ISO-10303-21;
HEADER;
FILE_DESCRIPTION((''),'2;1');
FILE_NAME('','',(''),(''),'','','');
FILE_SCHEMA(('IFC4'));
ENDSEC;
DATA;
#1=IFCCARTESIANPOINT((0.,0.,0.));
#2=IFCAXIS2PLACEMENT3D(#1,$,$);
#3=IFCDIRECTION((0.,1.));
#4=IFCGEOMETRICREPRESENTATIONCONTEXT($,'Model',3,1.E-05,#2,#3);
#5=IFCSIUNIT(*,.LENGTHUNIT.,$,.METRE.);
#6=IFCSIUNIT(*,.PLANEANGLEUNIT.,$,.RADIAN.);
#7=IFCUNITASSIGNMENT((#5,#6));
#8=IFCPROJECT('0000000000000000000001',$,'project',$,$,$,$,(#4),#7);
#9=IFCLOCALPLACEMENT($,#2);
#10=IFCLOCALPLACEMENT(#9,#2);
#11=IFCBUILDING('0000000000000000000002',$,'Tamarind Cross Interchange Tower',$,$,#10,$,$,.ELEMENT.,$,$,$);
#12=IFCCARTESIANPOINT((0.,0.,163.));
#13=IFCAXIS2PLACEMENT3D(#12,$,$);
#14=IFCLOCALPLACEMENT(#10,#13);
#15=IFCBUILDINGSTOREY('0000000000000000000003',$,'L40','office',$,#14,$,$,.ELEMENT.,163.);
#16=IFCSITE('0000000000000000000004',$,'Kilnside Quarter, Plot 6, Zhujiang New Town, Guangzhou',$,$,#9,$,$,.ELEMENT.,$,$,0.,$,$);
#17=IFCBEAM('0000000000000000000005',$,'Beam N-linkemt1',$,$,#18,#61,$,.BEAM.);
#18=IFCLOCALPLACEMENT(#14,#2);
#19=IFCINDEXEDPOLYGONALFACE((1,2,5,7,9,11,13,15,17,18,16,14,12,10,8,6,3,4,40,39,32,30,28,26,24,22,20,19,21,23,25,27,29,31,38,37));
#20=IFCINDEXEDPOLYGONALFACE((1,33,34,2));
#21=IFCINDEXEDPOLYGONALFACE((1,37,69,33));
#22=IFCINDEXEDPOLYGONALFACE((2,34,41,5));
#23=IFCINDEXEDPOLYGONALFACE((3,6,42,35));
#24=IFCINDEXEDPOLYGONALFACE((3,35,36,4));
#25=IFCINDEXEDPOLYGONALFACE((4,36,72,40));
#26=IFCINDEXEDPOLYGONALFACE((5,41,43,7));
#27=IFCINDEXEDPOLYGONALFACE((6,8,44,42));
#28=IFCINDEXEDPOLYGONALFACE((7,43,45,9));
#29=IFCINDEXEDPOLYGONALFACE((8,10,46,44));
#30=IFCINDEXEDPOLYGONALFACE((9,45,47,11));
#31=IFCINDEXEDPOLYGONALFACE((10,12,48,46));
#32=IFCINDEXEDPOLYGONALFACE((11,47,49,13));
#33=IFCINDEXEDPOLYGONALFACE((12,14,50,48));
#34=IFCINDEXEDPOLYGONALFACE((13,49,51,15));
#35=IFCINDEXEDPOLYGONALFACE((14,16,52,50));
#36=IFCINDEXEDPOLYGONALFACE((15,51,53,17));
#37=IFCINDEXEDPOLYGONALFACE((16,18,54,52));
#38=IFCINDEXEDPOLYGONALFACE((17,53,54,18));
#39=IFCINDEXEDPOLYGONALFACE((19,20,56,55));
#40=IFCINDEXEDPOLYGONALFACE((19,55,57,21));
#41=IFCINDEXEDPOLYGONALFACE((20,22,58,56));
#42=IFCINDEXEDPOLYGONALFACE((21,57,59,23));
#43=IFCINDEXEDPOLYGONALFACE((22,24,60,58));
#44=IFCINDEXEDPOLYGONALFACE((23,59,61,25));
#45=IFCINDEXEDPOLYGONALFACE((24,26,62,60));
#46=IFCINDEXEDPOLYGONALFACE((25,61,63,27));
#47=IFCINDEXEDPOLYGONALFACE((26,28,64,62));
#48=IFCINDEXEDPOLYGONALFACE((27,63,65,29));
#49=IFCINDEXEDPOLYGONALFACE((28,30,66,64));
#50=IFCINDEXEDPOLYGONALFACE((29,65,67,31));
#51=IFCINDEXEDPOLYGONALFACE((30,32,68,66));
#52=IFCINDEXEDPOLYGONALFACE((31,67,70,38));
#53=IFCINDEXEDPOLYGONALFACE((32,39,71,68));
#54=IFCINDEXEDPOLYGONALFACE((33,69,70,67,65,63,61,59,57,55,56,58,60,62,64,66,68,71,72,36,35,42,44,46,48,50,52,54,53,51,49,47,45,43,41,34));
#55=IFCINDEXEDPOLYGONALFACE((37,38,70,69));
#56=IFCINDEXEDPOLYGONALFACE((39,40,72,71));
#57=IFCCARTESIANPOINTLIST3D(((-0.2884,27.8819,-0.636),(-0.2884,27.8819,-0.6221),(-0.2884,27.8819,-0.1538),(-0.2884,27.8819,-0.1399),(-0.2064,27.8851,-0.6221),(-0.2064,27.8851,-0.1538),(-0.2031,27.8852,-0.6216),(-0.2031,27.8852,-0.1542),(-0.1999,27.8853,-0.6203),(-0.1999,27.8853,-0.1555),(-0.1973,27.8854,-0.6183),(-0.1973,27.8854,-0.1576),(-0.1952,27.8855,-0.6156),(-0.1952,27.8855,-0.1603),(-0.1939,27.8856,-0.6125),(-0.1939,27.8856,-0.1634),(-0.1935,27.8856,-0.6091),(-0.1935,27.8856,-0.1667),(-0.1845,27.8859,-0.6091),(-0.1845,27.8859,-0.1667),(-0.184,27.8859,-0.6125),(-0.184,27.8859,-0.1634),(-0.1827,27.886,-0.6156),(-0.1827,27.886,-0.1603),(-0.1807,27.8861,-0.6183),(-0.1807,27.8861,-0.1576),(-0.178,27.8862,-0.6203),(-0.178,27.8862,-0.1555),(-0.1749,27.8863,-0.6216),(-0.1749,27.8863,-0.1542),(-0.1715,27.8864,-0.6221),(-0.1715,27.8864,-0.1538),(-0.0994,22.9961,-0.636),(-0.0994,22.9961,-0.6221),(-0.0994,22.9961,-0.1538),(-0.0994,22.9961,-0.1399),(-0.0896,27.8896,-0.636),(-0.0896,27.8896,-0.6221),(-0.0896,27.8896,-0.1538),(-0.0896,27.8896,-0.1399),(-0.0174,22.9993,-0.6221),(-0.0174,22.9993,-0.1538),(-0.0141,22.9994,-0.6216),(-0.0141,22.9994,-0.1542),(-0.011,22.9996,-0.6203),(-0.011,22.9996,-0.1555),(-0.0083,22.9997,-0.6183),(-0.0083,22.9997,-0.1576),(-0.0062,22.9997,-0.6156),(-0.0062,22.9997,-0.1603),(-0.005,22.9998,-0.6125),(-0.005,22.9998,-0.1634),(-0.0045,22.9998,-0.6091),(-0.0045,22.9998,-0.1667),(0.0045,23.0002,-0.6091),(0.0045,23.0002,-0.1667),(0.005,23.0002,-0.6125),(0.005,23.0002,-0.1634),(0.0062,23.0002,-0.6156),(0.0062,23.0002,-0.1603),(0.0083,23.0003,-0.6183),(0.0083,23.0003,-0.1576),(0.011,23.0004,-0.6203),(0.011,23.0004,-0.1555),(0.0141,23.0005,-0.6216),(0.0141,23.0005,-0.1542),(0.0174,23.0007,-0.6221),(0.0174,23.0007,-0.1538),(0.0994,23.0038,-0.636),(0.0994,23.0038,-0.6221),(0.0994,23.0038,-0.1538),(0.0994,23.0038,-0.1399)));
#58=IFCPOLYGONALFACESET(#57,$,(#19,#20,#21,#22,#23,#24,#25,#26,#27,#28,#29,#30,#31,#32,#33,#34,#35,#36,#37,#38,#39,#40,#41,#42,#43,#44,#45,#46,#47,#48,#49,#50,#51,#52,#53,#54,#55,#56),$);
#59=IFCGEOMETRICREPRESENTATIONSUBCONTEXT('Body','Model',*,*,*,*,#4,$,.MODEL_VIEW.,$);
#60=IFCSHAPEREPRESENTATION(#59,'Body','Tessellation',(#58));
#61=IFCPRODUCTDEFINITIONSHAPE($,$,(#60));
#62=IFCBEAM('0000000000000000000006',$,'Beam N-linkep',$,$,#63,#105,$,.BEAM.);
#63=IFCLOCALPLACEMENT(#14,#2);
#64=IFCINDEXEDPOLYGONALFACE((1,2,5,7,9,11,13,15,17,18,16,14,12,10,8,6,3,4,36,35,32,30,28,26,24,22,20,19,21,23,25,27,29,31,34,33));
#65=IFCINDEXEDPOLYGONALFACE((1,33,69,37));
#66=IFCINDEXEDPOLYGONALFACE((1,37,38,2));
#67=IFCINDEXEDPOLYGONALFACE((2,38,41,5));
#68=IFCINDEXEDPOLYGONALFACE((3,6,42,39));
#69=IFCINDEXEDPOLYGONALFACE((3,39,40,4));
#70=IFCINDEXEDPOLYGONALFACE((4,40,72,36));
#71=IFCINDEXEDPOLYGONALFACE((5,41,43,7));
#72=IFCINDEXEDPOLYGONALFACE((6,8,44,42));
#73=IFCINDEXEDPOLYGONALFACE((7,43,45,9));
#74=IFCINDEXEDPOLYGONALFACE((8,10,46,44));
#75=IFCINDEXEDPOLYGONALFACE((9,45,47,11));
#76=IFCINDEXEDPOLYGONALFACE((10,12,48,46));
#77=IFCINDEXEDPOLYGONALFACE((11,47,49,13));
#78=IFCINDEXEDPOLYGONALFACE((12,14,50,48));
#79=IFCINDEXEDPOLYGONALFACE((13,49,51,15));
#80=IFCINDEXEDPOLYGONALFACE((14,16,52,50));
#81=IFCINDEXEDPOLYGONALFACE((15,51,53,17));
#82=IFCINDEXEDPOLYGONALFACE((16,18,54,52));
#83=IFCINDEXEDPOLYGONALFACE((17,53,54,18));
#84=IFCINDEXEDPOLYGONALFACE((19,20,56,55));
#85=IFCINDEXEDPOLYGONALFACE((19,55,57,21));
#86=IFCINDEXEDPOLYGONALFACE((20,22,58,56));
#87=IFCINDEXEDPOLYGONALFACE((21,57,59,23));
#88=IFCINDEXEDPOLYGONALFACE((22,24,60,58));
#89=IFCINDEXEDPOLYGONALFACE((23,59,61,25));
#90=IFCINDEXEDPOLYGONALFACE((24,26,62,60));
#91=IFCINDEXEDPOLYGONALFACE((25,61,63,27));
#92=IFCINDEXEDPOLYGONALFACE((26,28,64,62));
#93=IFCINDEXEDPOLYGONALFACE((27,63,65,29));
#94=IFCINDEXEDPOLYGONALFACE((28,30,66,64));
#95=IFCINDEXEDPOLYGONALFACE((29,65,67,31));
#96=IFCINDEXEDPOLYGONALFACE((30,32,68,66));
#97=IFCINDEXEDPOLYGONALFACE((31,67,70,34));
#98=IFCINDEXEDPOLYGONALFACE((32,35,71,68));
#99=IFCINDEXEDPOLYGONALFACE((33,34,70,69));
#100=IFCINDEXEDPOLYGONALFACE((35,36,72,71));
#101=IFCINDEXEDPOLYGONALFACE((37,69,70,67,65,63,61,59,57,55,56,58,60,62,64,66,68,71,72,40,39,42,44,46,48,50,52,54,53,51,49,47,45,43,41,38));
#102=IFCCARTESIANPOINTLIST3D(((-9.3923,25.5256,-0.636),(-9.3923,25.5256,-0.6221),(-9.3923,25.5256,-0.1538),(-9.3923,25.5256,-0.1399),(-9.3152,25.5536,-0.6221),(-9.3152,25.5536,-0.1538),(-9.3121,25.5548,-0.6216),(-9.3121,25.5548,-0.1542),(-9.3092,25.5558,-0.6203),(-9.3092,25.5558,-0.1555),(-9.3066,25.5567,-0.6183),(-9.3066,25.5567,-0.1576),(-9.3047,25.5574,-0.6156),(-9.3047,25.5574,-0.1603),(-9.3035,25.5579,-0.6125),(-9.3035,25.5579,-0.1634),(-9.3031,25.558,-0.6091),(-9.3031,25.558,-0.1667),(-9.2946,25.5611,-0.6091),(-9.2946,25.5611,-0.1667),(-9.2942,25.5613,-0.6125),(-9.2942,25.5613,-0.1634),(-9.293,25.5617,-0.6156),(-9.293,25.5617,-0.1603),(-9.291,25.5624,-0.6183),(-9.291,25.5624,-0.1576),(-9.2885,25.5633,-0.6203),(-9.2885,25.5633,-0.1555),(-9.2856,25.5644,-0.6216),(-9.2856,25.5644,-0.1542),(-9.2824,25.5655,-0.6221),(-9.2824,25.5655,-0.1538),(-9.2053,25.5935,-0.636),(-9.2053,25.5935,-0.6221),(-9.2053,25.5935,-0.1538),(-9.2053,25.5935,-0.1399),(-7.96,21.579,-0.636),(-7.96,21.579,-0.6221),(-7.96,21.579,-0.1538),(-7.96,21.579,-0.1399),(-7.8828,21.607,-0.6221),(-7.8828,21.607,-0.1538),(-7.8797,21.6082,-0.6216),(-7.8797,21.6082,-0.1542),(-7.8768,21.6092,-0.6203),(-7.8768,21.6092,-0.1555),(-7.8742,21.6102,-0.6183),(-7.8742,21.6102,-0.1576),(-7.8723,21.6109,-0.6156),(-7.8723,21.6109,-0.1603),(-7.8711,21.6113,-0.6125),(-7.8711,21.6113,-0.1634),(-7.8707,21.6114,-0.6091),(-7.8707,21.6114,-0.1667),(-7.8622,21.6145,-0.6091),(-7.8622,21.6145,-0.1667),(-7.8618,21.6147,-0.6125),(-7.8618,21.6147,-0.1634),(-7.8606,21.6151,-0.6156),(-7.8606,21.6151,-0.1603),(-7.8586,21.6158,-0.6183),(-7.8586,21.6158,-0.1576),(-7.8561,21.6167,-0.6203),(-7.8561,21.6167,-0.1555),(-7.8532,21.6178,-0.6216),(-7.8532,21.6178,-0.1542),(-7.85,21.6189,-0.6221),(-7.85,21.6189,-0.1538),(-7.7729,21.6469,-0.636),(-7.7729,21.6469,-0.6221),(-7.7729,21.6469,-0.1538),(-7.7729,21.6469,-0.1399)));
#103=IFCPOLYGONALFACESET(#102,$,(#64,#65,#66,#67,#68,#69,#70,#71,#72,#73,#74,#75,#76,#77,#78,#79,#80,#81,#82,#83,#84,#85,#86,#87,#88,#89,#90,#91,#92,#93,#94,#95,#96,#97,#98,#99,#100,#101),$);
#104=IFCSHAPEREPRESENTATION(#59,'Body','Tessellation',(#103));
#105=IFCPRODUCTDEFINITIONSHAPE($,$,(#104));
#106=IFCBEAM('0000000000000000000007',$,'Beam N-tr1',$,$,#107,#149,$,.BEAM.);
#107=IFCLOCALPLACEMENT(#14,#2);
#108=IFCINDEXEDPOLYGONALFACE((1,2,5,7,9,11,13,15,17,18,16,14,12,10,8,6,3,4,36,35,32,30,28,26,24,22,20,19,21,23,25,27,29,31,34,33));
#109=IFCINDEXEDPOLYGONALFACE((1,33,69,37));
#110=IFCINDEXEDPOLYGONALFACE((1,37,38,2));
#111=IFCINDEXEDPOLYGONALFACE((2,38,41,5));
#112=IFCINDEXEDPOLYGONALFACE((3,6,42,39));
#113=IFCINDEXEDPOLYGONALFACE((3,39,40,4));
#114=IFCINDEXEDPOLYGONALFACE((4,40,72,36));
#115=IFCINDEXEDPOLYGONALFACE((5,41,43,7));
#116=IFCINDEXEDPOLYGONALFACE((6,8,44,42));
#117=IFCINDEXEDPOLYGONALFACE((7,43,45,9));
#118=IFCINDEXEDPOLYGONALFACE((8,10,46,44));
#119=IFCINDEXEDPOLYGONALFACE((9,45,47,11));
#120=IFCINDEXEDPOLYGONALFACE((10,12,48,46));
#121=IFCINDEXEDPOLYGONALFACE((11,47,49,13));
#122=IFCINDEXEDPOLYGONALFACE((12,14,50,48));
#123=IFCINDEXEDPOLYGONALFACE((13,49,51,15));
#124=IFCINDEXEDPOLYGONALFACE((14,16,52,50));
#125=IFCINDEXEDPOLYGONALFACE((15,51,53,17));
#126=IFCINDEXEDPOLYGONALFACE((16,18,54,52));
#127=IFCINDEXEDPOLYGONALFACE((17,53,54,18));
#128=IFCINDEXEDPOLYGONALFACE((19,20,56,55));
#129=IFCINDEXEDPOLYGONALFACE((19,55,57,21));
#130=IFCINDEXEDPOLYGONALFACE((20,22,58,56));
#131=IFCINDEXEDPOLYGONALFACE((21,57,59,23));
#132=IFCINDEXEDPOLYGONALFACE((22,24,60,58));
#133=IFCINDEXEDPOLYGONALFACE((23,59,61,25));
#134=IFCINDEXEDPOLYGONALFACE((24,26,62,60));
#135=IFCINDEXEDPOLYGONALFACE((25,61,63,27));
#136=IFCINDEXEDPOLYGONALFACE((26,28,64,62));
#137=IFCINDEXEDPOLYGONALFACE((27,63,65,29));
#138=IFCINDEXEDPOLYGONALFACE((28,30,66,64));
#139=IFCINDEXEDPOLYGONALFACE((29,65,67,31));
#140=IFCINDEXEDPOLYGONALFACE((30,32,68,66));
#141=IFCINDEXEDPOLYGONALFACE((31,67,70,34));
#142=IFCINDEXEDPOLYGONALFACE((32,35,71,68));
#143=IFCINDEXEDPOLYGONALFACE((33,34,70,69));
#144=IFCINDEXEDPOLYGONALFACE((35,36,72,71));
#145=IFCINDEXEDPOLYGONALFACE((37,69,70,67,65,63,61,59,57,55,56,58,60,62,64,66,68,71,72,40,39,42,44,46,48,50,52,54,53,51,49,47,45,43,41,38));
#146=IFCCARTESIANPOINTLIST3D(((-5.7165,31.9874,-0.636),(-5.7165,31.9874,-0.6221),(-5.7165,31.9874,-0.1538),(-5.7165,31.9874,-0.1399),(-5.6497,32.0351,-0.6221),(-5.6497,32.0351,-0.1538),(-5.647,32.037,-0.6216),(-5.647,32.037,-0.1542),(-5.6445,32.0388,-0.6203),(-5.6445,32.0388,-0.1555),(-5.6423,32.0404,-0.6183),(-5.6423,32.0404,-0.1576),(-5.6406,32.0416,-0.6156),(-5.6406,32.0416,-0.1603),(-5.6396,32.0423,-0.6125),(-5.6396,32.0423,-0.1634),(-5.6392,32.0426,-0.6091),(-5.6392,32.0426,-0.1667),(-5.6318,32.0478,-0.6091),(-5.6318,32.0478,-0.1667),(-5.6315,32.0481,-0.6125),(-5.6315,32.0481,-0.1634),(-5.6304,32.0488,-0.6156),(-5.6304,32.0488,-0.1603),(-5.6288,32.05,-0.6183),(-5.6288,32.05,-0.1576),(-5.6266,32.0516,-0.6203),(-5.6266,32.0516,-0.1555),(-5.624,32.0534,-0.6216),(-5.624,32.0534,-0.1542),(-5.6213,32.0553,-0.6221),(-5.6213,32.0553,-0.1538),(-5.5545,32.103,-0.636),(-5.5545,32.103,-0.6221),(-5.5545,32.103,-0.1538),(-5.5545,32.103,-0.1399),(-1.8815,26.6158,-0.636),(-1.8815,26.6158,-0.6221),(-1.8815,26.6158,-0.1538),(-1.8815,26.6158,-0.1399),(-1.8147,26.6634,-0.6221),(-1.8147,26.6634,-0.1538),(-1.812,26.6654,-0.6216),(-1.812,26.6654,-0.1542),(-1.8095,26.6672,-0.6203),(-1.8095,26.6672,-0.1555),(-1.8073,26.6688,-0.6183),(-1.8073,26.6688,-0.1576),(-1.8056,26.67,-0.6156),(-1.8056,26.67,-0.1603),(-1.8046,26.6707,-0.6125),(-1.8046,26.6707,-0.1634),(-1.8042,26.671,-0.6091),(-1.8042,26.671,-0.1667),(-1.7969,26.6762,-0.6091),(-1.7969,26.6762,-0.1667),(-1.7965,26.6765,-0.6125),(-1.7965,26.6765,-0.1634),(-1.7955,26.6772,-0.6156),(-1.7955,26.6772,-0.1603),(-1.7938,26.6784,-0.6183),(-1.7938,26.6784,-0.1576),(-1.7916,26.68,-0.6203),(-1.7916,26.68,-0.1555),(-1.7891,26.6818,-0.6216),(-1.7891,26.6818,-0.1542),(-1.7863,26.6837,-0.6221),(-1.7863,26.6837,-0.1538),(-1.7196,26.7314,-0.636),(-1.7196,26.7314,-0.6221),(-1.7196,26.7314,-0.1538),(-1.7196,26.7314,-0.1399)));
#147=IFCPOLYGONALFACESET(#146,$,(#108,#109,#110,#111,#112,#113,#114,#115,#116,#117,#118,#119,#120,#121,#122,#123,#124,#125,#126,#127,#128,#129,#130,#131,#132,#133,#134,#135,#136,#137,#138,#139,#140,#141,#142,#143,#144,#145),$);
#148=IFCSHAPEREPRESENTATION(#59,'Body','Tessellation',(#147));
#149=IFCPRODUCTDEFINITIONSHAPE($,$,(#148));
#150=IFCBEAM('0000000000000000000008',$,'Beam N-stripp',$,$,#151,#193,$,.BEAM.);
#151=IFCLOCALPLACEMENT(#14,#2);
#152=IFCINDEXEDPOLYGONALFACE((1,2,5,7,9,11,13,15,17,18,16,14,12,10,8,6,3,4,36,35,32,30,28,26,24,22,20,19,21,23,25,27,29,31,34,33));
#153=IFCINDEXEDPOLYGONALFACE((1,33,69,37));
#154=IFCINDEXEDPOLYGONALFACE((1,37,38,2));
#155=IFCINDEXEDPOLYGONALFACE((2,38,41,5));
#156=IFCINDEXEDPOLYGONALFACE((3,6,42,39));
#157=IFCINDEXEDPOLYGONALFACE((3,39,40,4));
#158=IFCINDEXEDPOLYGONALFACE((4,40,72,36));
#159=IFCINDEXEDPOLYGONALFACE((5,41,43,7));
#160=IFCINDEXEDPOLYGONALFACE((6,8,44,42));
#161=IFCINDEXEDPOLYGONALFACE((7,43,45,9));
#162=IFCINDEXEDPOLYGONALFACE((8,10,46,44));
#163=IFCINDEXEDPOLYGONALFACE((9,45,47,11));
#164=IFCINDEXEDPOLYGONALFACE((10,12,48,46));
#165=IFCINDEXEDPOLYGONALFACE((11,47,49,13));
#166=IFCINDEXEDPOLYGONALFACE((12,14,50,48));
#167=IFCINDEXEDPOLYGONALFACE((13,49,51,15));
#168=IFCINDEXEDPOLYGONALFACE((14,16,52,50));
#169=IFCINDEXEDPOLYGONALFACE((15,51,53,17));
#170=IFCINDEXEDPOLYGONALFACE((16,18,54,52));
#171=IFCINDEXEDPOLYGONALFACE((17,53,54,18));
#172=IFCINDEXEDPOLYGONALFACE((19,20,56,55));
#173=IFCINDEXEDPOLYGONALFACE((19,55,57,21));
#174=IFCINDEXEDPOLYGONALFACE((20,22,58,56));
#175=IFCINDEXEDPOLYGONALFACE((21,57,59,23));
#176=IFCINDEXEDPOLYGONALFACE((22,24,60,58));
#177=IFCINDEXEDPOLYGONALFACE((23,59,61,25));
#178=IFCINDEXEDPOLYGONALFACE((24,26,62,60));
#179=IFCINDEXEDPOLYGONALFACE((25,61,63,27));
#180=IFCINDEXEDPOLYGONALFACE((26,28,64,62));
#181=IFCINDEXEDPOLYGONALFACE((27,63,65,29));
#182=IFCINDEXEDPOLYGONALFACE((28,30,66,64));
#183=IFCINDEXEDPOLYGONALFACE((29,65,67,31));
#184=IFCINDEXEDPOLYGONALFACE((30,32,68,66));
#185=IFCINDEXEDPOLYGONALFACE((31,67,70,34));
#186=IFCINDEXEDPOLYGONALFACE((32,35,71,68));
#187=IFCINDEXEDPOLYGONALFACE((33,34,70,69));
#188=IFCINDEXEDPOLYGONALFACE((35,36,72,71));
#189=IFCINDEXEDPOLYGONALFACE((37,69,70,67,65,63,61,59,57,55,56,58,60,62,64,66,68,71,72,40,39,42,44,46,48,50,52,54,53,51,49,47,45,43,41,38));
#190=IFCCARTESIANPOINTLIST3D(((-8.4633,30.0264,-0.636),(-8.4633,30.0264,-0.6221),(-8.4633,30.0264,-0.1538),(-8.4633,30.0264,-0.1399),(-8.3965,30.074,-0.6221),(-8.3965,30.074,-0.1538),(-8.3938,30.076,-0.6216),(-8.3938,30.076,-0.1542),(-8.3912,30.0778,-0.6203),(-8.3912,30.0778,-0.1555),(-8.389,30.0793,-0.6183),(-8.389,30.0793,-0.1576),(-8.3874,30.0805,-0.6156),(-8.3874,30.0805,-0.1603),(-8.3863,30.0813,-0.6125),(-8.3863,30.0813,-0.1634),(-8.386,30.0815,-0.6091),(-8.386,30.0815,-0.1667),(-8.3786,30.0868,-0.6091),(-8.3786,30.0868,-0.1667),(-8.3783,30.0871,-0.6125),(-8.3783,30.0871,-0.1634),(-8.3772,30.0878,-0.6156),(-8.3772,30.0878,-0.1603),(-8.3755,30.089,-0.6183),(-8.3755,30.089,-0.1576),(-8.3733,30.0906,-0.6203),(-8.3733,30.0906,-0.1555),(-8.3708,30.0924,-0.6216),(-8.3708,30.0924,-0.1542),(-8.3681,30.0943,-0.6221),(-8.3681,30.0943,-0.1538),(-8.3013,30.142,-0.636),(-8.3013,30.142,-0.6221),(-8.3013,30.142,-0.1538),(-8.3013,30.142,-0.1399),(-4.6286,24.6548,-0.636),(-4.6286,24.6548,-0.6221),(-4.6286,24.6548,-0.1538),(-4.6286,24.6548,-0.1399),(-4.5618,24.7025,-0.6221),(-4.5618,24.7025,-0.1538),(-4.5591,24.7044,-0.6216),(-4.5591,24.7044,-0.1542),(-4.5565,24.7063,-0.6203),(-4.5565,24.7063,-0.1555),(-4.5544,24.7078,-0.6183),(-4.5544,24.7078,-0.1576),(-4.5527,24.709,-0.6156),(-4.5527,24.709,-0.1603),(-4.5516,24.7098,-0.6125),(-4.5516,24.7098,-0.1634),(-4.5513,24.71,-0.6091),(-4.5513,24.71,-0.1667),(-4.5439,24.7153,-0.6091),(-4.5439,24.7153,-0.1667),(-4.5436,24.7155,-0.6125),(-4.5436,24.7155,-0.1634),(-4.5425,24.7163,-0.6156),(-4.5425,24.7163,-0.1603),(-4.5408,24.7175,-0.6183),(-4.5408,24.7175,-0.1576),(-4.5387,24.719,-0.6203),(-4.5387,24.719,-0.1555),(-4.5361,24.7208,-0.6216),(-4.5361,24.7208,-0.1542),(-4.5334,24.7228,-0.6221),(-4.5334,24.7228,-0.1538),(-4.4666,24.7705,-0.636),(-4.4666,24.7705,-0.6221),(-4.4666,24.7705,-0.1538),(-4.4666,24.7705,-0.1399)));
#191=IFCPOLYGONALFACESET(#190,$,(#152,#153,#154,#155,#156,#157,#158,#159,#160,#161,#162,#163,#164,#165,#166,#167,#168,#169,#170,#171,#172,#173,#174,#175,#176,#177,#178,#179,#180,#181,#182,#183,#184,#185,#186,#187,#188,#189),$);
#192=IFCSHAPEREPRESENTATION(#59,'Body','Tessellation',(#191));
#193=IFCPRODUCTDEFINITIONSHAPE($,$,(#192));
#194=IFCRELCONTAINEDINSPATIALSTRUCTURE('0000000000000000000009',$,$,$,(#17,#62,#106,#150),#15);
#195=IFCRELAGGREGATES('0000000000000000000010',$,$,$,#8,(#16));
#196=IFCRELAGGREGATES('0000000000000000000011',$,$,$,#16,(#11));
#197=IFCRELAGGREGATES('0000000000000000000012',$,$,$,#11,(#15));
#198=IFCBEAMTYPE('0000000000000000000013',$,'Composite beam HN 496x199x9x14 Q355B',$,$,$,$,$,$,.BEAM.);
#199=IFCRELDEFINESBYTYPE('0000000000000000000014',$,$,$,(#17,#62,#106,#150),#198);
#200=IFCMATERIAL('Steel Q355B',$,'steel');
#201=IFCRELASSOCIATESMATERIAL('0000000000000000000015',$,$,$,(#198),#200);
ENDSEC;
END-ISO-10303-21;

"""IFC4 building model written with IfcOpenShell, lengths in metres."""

from ifc_helpers import new_model, si_unit, direction, frame, origin, origin_2d, place, context, subcontext, project, spatial, i_section, extrude, material, material_profile, profile_set, type_object, element, save


model = new_model("IFC4")

# Units and contexts
model_context = context("Model", 3, precision=1e-05, world=origin(), true_north=direction((0.0, 1.0)))
body_context = subcontext(model_context, "Body", "Model", "MODEL_VIEW")
ifc_project = project(units=[si_unit("LENGTHUNIT", "METRE"), si_unit("PLANEANGLEUNIT", "RADIAN")], contexts=[model_context])

# Site, building, storey
site_placement = place(None, origin())
site = spatial("IfcSite", under=ifc_project, at=site_placement, Name="Kilnside Quarter, Plot 6, Zhujiang New Town, Guangzhou", CompositionType="ELEMENT", RefElevation=0.0)
building_placement = place(site_placement, origin())
building = spatial("IfcBuilding", under=site, at=building_placement, Name="Tamarind Cross Interchange Tower", CompositionType="ELEMENT")
storey_placement = place(building_placement, frame((0.0, 0.0, 163.0)))
storey = spatial("IfcBuildingStorey", under=building, at=storey_placement, Name="L40", Description="office", CompositionType="ELEMENT", Elevation=163.0)

# Beams
ifc_material_1 = material(Name="Steel Q355B", Category="steel")
ifc_material_profile_1 = material_profile(ifc_material_1, i_section(OverallWidth=0.199, OverallDepth=0.4961, WebThickness=0.009, FlangeThickness=0.0139, FilletRadius=0.0129, at=origin_2d()), Name="HN 496x199x9x14")
ifc_profile_set_1 = profile_set([ifc_material_profile_1], Name="Steel Q355B")
beam_type_1 = type_object("IfcBeamType", Name="Composite beam HN 496x199x9x14 Q355B", PredefinedType="BEAM", material=ifc_profile_set_1)
beam_1_placement = place(storey_placement, frame((-0.189, 27.8857, -0.3879), z_axis=(0.038648, -0.999253, 0.0), x_axis=(0.999253, 0.038648, 0.0)))
element("IfcBeam", 1, at=beam_1_placement, inside=storey, type_object=beam_type_1, Name="Beam N-linkemt1", PredefinedType="BEAM", context=body_context, shape_type="SweptSolid", body=[
    extrude(i_section(OverallWidth=0.199, OverallDepth=0.4961, WebThickness=0.009, FlangeThickness=0.0139, FilletRadius=0.0129, at=origin_2d()), origin(), (0.0, 0.0, 1.0), 4.8894),
])
beam_2_placement = place(storey_placement, frame((-9.2988, 25.5596, -0.3879), z_axis=(0.341169, -0.940002, 0.0), x_axis=(0.940002, 0.341169, 0.0)))
element("IfcBeam", 2, at=beam_2_placement, inside=storey, type_object=beam_type_1, Name="Beam N-linkep", PredefinedType="BEAM", context=body_context, shape_type="SweptSolid", body=[
    extrude(i_section(OverallWidth=0.199, OverallDepth=0.4961, WebThickness=0.009, FlangeThickness=0.0139, FilletRadius=0.0129, at=origin_2d()), origin(), (0.0, 0.0, 1.0), 4.1985),
])
beam_3_placement = place(storey_placement, frame((-1.8005, 26.6736, -0.3879), z_axis=(-0.581049, 0.813868, 0.0), x_axis=(-0.813868, -0.581049, 0.0)))
element("IfcBeam", 3, at=beam_3_placement, inside=storey, type_object=beam_type_1, Name="Beam N-tr1", PredefinedType="BEAM", context=body_context, shape_type="SweptSolid", body=[
    extrude(i_section(OverallWidth=0.199, OverallDepth=0.4961, WebThickness=0.009, FlangeThickness=0.0139, FilletRadius=0.0129, at=origin_2d()), origin(), (0.0, 0.0, 1.0), 6.6001),
])
beam_4_placement = place(storey_placement, frame((-4.5476, 24.7126, -0.3879), z_axis=(-0.581025, 0.813886, 0.0), x_axis=(-0.813886, -0.581025, 0.0)))
element("IfcBeam", 4, at=beam_4_placement, inside=storey, type_object=beam_type_1, Name="Beam N-stripp", PredefinedType="BEAM", context=body_context, shape_type="SweptSolid", body=[
    extrude(i_section(OverallWidth=0.199, OverallDepth=0.4961, WebThickness=0.009, FlangeThickness=0.0139, FilletRadius=0.0129, at=origin_2d()), origin(), (0.0, 0.0, 1.0), 6.5999),
])

save(model, "model.ifc")
